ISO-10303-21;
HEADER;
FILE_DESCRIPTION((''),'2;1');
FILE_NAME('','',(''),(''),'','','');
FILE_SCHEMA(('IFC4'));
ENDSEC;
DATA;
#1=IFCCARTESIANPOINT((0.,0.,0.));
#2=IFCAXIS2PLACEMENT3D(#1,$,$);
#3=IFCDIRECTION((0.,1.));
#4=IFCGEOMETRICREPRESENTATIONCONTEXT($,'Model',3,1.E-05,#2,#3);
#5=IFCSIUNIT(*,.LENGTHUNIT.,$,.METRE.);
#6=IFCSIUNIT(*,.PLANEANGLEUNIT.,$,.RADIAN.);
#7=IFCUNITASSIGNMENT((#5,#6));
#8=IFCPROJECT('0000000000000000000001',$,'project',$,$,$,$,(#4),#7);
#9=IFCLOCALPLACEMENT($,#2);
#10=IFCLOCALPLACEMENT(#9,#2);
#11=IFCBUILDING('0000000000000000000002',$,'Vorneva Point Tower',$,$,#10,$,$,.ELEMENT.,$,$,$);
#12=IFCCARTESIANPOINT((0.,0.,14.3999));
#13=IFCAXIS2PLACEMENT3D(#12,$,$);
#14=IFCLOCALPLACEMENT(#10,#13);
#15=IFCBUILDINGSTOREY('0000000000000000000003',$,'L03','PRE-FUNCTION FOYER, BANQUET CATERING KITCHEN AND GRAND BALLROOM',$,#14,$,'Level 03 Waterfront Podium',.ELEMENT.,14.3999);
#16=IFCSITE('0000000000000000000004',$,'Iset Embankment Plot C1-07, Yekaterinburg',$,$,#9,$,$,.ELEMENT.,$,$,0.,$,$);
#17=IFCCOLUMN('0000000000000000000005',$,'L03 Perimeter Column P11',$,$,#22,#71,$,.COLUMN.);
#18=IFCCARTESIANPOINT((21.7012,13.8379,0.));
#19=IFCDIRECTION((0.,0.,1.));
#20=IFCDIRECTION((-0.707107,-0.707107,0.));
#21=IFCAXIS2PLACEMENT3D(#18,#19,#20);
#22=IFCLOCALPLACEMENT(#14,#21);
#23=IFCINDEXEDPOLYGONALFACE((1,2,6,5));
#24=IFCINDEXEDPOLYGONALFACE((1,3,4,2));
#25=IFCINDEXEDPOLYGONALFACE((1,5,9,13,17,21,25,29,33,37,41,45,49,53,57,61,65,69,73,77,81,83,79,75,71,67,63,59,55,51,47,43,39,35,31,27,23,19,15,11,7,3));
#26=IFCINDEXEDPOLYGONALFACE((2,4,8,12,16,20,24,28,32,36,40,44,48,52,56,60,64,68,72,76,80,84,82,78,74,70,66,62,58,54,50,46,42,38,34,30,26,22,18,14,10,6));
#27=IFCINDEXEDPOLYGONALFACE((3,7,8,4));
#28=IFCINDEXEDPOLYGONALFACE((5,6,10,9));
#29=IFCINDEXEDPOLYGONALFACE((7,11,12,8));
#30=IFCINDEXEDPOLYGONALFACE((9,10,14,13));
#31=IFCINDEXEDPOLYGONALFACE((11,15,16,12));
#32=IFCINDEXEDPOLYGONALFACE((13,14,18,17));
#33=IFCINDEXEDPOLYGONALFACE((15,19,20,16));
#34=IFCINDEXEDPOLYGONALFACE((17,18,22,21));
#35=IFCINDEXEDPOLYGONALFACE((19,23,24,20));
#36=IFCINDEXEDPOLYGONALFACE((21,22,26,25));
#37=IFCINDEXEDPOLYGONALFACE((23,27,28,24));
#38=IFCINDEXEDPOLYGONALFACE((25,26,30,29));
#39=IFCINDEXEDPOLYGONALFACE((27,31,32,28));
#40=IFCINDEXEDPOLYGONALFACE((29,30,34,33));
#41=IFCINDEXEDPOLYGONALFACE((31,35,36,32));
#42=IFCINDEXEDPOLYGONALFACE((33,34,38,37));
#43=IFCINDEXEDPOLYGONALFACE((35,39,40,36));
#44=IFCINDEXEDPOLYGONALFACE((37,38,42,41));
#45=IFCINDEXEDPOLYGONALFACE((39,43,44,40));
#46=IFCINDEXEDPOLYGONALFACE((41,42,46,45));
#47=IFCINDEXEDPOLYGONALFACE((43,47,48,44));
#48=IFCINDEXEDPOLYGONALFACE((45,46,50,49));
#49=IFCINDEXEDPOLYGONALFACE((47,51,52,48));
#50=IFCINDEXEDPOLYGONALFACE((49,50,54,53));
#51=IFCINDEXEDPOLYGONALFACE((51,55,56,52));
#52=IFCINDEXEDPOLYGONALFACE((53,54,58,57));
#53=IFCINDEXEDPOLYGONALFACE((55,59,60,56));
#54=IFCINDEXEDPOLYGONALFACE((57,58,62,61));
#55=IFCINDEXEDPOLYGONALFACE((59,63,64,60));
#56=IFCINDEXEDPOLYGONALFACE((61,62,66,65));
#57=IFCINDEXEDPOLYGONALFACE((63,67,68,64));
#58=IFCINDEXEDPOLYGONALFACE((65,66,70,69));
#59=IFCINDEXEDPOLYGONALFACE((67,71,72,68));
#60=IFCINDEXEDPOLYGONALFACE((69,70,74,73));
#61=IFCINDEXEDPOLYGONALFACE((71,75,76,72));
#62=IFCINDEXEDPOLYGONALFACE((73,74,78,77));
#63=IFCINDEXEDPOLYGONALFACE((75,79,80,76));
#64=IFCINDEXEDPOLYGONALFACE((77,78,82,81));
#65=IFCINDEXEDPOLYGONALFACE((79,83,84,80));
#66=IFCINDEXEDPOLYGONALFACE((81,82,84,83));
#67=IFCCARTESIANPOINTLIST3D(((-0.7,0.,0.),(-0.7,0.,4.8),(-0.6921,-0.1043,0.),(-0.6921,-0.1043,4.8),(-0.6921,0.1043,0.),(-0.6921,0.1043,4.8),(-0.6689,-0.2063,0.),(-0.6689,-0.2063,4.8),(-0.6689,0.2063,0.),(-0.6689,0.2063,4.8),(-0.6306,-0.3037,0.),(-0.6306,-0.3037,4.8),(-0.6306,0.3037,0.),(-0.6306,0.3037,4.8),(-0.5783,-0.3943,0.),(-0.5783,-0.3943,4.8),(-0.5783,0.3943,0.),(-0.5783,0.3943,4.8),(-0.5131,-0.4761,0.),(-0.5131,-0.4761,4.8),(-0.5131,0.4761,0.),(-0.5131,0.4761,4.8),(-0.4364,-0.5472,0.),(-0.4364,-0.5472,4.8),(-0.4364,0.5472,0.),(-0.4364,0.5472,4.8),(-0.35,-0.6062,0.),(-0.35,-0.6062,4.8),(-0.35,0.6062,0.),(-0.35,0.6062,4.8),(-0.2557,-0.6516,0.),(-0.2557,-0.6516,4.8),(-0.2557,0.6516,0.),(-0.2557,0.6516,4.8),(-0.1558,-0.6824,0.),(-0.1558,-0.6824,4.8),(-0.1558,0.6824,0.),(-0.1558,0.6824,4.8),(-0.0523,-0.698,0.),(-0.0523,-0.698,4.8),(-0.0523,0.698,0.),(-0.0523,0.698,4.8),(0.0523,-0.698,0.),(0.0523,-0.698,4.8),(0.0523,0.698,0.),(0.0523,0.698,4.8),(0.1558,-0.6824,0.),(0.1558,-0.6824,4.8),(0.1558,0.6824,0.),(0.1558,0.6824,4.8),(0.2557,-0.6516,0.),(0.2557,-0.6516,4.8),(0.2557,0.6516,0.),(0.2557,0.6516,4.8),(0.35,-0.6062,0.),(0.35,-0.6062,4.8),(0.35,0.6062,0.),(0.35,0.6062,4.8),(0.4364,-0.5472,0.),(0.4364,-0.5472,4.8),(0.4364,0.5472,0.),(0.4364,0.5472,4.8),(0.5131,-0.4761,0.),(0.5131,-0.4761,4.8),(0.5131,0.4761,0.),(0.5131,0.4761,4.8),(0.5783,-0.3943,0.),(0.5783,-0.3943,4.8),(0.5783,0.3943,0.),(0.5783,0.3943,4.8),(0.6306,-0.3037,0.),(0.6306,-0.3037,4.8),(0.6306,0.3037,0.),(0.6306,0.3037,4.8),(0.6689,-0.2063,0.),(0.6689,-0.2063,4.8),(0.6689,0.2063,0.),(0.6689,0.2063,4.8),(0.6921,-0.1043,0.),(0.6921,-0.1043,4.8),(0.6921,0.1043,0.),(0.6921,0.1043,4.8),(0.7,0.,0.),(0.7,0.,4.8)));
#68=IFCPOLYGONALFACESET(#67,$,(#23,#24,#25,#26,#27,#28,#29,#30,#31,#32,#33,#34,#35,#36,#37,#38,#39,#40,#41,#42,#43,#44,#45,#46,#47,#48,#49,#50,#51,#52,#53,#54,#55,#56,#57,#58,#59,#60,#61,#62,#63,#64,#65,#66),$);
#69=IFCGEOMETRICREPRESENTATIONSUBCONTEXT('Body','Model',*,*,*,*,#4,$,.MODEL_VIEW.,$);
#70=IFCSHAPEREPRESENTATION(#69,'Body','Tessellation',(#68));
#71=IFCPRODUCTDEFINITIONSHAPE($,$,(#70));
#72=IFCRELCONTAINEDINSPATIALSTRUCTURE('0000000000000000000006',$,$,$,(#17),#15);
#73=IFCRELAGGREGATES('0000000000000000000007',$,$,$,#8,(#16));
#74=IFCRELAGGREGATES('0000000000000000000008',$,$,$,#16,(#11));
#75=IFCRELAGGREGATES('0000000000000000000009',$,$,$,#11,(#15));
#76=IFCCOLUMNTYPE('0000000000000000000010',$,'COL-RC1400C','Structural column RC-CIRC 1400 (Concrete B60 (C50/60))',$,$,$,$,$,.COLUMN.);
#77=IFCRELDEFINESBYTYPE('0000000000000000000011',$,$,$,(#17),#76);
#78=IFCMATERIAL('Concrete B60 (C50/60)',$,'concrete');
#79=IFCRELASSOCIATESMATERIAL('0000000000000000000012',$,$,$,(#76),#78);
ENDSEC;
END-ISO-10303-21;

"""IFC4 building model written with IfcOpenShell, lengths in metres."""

from ifc_helpers import new_model, si_unit, direction, frame, origin, origin_2d, place, context, subcontext, project, spatial, circle, extrude, material, material_profile, profile_set, type_object, element, save


model = new_model("IFC4")

# Units and contexts
model_context = context("Model", 3, precision=1e-05, world=origin(), true_north=direction((0.0, 1.0)))
body_context = subcontext(model_context, "Body", "Model", "MODEL_VIEW")
ifc_project = project(units=[si_unit("LENGTHUNIT", "METRE"), si_unit("PLANEANGLEUNIT", "RADIAN")], contexts=[model_context])

# Site, building, storey
site_placement = place(None, origin())
site = spatial("IfcSite", under=ifc_project, at=site_placement, Name="Iset Embankment Plot C1-07, Yekaterinburg", CompositionType="ELEMENT", RefElevation=0.0)
building_placement = place(site_placement, origin())
building = spatial("IfcBuilding", under=site, at=building_placement, Name="Vorneva Point Tower", CompositionType="ELEMENT")
storey_placement = place(building_placement, frame((0.0, 0.0, 14.3999)))
storey = spatial("IfcBuildingStorey", under=building, at=storey_placement, Name="L03", Description="PRE-FUNCTION FOYER, BANQUET CATERING KITCHEN AND GRAND BALLROOM", LongName="Level 03 Waterfront Podium", CompositionType="ELEMENT", Elevation=14.3999)

# Column
ifc_material_1 = material(Name="Concrete B60 (C50/60)", Category="concrete")
ifc_material_profile_1 = material_profile(ifc_material_1, circle(Radius=0.7, at=origin_2d()), Name="RC-CIRC 1400")
ifc_profile_set_1 = profile_set([ifc_material_profile_1], Name="Concrete B60 (C50/60)")
column_type = type_object("IfcColumnType", Name="COL-RC1400C", Description="Structural column RC-CIRC 1400 (Concrete B60 (C50/60))", PredefinedType="COLUMN", material=ifc_profile_set_1)
column_placement = place(storey_placement, frame((21.7012, 13.8379, 0.0), z_axis=(0.0, 0.0, 1.0), x_axis=(-0.707107, -0.707107, 0.0)))
element("IfcColumn", 1, at=column_placement, inside=storey, type_object=column_type, Name="L03 Perimeter Column P11", PredefinedType="COLUMN", context=body_context, shape_type="SweptSolid", body=[
    extrude(circle(Radius=0.7, at=origin_2d()), origin(), (0.0, 0.0, 1.0), 4.8),
])

save(model, "model.ifc")
